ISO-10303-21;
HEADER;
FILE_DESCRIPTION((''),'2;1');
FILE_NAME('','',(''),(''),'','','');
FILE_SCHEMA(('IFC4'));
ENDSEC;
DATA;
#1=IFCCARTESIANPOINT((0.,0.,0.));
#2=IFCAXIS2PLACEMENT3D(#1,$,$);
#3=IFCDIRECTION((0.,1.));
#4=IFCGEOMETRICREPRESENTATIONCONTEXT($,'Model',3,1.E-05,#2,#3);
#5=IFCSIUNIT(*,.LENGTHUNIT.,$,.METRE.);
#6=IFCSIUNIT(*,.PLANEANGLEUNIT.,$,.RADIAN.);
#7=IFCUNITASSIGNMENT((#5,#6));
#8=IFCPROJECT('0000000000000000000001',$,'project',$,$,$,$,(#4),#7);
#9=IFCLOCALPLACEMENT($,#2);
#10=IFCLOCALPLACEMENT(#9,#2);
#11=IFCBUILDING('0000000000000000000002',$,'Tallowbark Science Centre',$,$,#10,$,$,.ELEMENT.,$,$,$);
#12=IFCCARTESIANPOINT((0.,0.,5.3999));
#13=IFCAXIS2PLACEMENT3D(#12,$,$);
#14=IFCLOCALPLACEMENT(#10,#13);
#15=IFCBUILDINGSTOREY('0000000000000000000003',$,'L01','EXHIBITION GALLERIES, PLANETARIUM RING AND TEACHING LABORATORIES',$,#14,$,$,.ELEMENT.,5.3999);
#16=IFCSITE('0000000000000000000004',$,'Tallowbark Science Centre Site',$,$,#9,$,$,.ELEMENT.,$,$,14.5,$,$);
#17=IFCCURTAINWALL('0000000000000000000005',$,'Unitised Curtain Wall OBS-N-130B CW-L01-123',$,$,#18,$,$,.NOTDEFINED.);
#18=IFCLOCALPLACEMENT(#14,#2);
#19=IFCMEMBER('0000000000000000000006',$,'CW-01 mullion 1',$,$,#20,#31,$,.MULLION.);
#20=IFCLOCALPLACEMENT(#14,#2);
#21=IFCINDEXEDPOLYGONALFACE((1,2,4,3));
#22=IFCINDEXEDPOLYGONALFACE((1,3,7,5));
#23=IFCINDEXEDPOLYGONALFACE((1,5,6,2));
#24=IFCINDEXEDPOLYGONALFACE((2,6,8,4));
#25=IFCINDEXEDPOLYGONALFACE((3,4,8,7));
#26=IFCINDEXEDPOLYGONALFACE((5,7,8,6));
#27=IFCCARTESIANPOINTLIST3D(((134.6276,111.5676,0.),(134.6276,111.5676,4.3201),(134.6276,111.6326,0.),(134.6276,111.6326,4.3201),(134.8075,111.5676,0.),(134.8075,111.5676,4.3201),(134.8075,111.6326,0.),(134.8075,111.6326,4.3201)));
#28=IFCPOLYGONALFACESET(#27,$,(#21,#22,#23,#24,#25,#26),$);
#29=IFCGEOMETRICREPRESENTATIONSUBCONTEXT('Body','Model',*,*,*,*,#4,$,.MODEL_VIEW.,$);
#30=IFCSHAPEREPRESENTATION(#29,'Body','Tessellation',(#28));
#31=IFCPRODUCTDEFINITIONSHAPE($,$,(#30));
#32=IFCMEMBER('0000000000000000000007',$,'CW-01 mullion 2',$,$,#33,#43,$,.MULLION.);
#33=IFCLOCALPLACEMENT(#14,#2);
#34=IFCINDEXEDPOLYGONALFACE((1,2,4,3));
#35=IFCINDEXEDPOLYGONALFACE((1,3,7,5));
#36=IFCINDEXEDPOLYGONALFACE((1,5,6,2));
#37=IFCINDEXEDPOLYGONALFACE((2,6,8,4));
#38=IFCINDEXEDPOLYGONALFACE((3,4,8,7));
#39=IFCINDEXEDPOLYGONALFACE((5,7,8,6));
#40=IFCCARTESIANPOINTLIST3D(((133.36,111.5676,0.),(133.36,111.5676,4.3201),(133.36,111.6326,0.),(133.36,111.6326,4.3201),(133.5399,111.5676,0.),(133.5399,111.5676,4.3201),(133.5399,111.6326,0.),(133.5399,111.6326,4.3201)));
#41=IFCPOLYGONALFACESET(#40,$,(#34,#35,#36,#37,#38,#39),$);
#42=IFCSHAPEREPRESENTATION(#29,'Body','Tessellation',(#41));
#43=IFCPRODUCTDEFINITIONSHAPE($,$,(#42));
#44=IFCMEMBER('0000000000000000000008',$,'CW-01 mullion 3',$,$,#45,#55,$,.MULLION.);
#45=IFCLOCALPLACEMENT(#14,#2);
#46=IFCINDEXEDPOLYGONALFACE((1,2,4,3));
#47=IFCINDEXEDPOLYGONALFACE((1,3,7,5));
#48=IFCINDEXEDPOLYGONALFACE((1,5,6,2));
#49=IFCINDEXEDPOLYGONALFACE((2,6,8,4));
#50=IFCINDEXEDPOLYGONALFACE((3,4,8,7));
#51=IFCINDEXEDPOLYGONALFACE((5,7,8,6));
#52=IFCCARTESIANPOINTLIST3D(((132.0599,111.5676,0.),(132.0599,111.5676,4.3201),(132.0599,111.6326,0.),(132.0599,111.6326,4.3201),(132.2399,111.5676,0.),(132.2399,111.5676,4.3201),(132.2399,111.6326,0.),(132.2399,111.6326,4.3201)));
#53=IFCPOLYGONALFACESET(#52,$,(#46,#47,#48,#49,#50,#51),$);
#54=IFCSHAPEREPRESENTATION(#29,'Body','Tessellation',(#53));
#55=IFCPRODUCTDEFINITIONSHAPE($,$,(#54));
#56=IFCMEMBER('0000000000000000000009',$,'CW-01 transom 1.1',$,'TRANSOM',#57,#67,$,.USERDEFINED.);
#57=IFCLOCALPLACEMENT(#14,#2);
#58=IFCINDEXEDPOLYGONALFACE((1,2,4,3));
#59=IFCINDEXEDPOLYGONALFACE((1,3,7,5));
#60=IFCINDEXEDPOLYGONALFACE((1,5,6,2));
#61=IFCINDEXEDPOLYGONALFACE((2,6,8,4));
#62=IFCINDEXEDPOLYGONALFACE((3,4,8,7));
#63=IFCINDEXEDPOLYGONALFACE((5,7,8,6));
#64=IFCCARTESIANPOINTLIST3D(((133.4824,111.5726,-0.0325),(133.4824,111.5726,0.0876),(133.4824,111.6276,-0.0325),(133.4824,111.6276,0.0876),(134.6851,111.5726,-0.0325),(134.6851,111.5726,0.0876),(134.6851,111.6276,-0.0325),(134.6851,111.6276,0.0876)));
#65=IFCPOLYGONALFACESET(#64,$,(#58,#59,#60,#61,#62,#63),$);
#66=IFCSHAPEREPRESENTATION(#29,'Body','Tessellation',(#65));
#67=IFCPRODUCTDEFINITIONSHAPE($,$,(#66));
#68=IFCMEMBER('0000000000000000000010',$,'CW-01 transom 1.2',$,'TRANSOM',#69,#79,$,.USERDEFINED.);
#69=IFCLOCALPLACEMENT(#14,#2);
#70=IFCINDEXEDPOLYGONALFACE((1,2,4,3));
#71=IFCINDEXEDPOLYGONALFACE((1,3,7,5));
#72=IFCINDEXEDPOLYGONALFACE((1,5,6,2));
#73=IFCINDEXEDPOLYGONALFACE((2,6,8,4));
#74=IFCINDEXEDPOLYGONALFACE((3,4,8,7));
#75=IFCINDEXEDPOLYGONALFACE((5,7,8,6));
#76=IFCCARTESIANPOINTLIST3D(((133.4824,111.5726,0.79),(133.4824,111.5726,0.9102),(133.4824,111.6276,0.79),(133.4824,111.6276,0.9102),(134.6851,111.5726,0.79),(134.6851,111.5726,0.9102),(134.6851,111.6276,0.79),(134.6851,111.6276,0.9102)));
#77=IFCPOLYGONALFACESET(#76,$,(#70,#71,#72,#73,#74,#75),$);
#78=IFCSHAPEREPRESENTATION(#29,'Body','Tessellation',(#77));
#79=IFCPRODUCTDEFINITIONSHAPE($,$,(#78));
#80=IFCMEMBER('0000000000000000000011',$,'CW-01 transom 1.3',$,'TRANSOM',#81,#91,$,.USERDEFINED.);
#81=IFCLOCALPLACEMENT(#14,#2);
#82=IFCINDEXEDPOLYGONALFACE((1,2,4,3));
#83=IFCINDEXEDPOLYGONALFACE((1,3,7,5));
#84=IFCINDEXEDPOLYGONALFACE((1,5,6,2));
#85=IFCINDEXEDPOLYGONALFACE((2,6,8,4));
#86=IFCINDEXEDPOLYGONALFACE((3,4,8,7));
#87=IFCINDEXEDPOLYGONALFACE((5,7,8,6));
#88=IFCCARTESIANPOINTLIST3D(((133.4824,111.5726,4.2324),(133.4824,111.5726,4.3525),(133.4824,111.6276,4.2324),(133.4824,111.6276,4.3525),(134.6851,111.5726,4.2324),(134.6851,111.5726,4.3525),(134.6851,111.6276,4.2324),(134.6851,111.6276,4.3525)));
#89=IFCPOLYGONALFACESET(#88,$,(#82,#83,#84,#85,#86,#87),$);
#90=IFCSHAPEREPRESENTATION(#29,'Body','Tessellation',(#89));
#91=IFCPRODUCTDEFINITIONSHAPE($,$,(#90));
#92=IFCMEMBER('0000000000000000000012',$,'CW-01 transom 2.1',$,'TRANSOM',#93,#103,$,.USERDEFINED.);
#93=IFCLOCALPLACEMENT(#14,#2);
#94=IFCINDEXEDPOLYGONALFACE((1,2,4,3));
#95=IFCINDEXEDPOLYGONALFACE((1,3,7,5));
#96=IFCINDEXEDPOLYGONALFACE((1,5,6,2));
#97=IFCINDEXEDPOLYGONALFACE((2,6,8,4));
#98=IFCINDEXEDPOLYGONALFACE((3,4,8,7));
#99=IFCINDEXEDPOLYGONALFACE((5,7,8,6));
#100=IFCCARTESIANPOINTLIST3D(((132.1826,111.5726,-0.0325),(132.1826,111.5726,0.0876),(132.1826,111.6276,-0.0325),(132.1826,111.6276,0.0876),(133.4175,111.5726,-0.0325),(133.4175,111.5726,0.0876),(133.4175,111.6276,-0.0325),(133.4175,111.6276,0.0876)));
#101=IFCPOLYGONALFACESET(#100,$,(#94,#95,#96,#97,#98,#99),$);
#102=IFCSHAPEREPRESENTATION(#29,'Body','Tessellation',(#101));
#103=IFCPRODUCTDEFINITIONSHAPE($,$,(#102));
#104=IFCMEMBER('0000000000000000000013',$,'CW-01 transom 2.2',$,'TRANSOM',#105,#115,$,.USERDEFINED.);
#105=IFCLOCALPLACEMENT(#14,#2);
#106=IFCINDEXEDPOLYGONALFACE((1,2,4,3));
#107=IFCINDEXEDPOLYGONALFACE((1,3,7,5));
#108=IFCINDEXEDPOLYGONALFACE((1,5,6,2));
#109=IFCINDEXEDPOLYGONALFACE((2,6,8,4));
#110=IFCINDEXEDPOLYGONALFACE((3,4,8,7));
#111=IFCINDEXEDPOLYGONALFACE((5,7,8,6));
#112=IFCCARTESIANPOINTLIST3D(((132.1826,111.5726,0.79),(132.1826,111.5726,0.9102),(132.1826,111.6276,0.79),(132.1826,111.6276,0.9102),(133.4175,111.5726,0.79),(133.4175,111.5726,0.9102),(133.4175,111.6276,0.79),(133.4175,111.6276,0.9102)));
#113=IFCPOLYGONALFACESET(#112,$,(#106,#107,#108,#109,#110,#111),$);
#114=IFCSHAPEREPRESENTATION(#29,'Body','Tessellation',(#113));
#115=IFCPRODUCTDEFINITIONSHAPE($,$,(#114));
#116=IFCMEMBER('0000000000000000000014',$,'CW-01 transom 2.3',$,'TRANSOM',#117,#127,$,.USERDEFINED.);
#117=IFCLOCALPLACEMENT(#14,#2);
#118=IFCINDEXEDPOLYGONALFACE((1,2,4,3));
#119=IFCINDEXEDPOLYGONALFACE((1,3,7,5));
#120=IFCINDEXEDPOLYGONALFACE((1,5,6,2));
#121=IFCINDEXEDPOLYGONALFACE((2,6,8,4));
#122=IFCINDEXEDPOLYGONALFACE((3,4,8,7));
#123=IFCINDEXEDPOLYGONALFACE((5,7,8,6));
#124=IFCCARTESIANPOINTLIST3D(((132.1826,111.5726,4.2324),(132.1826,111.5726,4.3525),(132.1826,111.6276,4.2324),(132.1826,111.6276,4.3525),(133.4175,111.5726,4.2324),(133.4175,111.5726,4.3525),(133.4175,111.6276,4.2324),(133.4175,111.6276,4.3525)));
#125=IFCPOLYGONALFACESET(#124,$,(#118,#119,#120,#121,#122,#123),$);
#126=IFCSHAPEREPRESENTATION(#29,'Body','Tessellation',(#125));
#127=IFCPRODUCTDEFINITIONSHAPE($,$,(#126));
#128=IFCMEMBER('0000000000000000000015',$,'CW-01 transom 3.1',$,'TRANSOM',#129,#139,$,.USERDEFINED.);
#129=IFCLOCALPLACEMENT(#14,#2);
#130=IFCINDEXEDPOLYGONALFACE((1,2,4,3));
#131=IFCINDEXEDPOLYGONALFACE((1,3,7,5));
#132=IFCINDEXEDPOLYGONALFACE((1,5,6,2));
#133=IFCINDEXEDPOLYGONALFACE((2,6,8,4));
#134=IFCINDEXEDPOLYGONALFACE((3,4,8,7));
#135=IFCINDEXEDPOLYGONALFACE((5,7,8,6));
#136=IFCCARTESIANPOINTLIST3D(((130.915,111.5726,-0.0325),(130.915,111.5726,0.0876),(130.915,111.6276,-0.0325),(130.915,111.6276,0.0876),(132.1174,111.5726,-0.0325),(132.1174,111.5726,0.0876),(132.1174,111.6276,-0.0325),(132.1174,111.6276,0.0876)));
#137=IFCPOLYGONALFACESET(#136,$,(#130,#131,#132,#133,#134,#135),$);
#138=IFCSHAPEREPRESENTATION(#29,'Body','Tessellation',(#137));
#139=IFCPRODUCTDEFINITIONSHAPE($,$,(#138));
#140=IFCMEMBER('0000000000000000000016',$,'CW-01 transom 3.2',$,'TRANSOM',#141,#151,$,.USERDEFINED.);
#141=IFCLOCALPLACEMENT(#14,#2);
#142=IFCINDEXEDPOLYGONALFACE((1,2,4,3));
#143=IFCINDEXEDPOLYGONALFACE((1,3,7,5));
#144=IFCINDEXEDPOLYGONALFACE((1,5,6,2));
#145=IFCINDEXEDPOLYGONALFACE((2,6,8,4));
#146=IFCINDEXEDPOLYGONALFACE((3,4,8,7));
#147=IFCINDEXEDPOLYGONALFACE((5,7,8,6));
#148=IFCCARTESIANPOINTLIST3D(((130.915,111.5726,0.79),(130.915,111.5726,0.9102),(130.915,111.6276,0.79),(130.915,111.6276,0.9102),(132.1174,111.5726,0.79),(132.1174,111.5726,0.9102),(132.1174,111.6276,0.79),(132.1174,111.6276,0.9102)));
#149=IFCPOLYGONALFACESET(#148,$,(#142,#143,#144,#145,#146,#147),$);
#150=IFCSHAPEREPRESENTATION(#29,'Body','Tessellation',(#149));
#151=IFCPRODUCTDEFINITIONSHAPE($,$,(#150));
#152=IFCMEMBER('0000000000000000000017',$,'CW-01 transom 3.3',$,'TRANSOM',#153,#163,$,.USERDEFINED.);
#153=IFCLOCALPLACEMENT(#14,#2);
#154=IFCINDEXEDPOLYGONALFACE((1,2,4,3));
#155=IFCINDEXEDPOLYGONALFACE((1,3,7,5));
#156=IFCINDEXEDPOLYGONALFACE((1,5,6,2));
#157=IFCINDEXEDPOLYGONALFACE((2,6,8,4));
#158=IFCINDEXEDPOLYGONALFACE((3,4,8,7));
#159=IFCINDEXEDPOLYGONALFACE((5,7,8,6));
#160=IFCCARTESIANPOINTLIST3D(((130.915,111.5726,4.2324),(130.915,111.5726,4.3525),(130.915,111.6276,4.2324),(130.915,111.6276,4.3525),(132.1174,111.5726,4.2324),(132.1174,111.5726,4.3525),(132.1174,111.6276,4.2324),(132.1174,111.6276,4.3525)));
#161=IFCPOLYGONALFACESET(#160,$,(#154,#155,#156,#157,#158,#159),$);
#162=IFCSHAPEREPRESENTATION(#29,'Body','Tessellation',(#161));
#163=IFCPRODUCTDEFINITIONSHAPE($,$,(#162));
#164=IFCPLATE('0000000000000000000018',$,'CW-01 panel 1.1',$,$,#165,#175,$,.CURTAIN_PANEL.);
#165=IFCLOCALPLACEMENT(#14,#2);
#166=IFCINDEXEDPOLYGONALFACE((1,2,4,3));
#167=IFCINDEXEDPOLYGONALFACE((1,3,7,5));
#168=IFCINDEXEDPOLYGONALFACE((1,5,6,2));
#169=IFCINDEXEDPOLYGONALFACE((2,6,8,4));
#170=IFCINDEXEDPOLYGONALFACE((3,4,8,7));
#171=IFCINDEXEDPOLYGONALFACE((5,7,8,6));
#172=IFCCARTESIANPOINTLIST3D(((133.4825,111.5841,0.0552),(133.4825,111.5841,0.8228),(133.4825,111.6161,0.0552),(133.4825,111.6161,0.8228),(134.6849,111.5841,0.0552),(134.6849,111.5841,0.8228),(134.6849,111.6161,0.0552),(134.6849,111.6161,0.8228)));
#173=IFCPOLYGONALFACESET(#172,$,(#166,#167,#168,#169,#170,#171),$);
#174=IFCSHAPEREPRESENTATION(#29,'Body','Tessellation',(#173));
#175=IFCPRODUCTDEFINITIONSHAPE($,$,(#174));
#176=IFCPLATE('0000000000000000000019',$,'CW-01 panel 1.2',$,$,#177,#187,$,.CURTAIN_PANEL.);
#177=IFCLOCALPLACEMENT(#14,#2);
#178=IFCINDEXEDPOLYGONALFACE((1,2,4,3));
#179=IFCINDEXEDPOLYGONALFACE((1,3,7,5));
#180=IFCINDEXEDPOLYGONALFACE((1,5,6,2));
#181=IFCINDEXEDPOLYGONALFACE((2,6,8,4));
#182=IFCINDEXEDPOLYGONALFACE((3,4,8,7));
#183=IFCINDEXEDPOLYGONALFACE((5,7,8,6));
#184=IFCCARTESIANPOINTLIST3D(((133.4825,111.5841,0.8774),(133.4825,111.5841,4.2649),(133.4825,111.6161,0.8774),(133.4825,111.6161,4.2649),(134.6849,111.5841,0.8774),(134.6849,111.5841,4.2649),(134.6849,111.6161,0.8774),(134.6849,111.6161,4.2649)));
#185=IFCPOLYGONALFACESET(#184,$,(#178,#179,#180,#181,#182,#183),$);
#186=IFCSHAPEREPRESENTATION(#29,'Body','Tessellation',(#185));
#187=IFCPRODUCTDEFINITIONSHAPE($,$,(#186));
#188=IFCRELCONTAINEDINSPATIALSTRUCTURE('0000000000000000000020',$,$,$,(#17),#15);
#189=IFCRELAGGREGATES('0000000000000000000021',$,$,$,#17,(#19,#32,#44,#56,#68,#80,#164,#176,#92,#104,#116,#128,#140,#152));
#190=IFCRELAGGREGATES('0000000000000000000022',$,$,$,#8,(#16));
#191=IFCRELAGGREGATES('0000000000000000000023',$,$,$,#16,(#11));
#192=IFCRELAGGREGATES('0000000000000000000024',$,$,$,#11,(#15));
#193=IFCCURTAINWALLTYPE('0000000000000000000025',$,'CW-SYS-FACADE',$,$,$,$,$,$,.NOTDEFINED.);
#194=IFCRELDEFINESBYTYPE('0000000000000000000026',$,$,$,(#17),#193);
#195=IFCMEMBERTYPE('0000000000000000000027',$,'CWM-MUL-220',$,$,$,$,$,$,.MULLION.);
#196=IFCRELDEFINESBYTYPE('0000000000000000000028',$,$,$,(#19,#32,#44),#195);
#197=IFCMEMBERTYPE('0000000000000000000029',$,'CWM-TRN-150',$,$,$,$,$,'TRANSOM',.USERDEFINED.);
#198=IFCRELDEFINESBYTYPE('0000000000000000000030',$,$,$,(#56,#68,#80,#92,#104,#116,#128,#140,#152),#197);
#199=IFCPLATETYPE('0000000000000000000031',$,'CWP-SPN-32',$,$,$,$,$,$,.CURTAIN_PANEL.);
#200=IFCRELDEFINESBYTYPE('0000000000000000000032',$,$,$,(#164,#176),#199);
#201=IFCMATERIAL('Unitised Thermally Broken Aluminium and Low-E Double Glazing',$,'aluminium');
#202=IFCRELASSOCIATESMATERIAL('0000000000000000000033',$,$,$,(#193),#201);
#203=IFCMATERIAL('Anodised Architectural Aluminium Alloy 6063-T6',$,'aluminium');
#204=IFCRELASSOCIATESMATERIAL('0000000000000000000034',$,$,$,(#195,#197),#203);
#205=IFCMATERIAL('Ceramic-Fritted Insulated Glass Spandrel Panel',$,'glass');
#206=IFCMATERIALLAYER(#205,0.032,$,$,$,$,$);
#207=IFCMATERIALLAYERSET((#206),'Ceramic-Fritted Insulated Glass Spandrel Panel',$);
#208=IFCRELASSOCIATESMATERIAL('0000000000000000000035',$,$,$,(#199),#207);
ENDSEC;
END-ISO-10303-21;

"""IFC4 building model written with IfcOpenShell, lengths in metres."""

from ifc_helpers import new_model, si_unit, direction, frame, origin, origin_2d, place, context, subcontext, project, spatial, rectangle, extrude, material, layer, layer_set, material_profile, profile_set, type_object, element, aggregate, save


model = new_model("IFC4")

# Units and contexts
model_context = context("Model", 3, precision=1e-05, world=origin(), true_north=direction((0.0, 1.0)))
body_context = subcontext(model_context, "Body", "Model", "MODEL_VIEW")
ifc_project = project(units=[si_unit("LENGTHUNIT", "METRE"), si_unit("PLANEANGLEUNIT", "RADIAN")], contexts=[model_context])

# Site, building, storey
site_placement = place(None, origin())
site = spatial("IfcSite", under=ifc_project, at=site_placement, Name="Tallowbark Science Centre Site", CompositionType="ELEMENT", RefElevation=14.5)
building_placement = place(site_placement, origin())
building = spatial("IfcBuilding", under=site, at=building_placement, Name="Tallowbark Science Centre", CompositionType="ELEMENT")
storey_placement = place(building_placement, frame((0.0, 0.0, 5.3999)))
storey = spatial("IfcBuildingStorey", under=building, at=storey_placement, Name="L01", Description="EXHIBITION GALLERIES, PLANETARIUM RING AND TEACHING LABORATORIES", CompositionType="ELEMENT", Elevation=5.3999)

# Curtain wall, members, plates
ifc_material_1 = material(Name="Unitised Thermally Broken Aluminium and Low-E Double Glazing", Category="aluminium")
curtain_wall_type = type_object("IfcCurtainWallType", Name="CW-SYS-FACADE", PredefinedType="NOTDEFINED", material=ifc_material_1)
curtain_wall_placement = place(storey_placement, origin())
curtain_wall = element("IfcCurtainWall", 1, at=curtain_wall_placement, inside=storey, type_object=curtain_wall_type, Name="Unitised Curtain Wall OBS-N-130B CW-L01-123", PredefinedType="NOTDEFINED")
ifc_material_2 = material(Name="Anodised Architectural Aluminium Alloy 6063-T6", Category="aluminium")
ifc_material_profile_1 = material_profile(ifc_material_2, rectangle(XDim=0.0649, YDim=0.1799, at=origin_2d()), Name="ALU65x180")
ifc_profile_set_1 = profile_set([ifc_material_profile_1], Name="Anodised Architectural Aluminium Alloy 6063-T6")
member_type_1 = type_object("IfcMemberType", Name="CWM-MUL-220", PredefinedType="MULLION", material=ifc_profile_set_1)
member_1_placement = place(storey_placement, frame((134.7175, 111.6001, 0.0), z_axis=(0.0, 0.0, 1.0), x_axis=(0.0, -1.0, 0.0)))
member_1 = element("IfcMember", 2, at=member_1_placement, type_object=member_type_1, Name="CW-01 mullion 1", PredefinedType="MULLION", context=body_context, shape_type="SweptSolid", body=[
    extrude(rectangle(XDim=0.0649, YDim=0.1799, at=origin_2d()), origin(), (0.0, 0.0, 1.0), 4.3201),
])
member_2_placement = place(storey_placement, frame((133.45, 111.6001, 0.0), z_axis=(0.0, 0.0, 1.0), x_axis=(0.0, -1.0, 0.0)))
member_2 = element("IfcMember", 3, at=member_2_placement, type_object=member_type_1, Name="CW-01 mullion 2", PredefinedType="MULLION", context=body_context, shape_type="SweptSolid", body=[
    extrude(rectangle(XDim=0.0649, YDim=0.1799, at=origin_2d()), origin(), (0.0, 0.0, 1.0), 4.3201),
])
member_3_placement = place(storey_placement, frame((132.1499, 111.6001, 0.0), z_axis=(0.0, 0.0, 1.0), x_axis=(0.0, -1.0, 0.0)))
member_3 = element("IfcMember", 4, at=member_3_placement, type_object=member_type_1, Name="CW-01 mullion 3", PredefinedType="MULLION", context=body_context, shape_type="SweptSolid", body=[
    extrude(rectangle(XDim=0.0649, YDim=0.1799, at=origin_2d()), origin(), (0.0, 0.0, 1.0), 4.3201),
])
ifc_material_profile_2 = material_profile(ifc_material_2, rectangle(XDim=0.0549, YDim=0.1201, at=origin_2d()), Name="ALU55x120")
ifc_profile_set_2 = profile_set([ifc_material_profile_2], Name="Anodised Architectural Aluminium Alloy 6063-T6")
member_type_2 = type_object("IfcMemberType", Name="CWM-TRN-150", ElementType="TRANSOM", PredefinedType="USERDEFINED", material=ifc_profile_set_2)
member_4_placement = place(storey_placement, frame((134.6851, 111.6001, 0.0276), z_axis=(-1.0, 0.0, 0.0), x_axis=(0.0, -1.0, 0.0)))
member_4 = element("IfcMember", 5, at=member_4_placement, type_object=member_type_2, Name="CW-01 transom 1.1", ObjectType="TRANSOM", PredefinedType="USERDEFINED", context=body_context, shape_type="SweptSolid", body=[
    extrude(rectangle(XDim=0.0549, YDim=0.1201, at=origin_2d()), origin(), (0.0, 0.0, 1.0), 1.2026),
])
member_5_placement = place(storey_placement, frame((134.6851, 111.6001, 0.8501), z_axis=(-1.0, 0.0, 0.0), x_axis=(0.0, -1.0, 0.0)))
member_5 = element("IfcMember", 6, at=member_5_placement, type_object=member_type_2, Name="CW-01 transom 1.2", ObjectType="TRANSOM", PredefinedType="USERDEFINED", context=body_context, shape_type="SweptSolid", body=[
    extrude(rectangle(XDim=0.0549, YDim=0.1201, at=origin_2d()), origin(), (0.0, 0.0, 1.0), 1.2026),
])
member_6_placement = place(storey_placement, frame((134.6851, 111.6001, 4.2925), z_axis=(-1.0, 0.0, 0.0), x_axis=(0.0, -1.0, 0.0)))
member_6 = element("IfcMember", 7, at=member_6_placement, type_object=member_type_2, Name="CW-01 transom 1.3", ObjectType="TRANSOM", PredefinedType="USERDEFINED", context=body_context, shape_type="SweptSolid", body=[
    extrude(rectangle(XDim=0.0549, YDim=0.1201, at=origin_2d()), origin(), (0.0, 0.0, 1.0), 1.2026),
])
member_7_placement = place(storey_placement, frame((133.4175, 111.6001, 0.0276), z_axis=(-1.0, 0.0, 0.0), x_axis=(0.0, -1.0, 0.0)))
member_7 = element("IfcMember", 8, at=member_7_placement, type_object=member_type_2, Name="CW-01 transom 2.1", ObjectType="TRANSOM", PredefinedType="USERDEFINED", context=body_context, shape_type="SweptSolid", body=[
    extrude(rectangle(XDim=0.0549, YDim=0.1201, at=origin_2d()), origin(), (0.0, 0.0, 1.0), 1.2349),
])
member_8_placement = place(storey_placement, frame((133.4175, 111.6001, 0.8501), z_axis=(-1.0, 0.0, 0.0), x_axis=(0.0, -1.0, 0.0)))
member_8 = element("IfcMember", 9, at=member_8_placement, type_object=member_type_2, Name="CW-01 transom 2.2", ObjectType="TRANSOM", PredefinedType="USERDEFINED", context=body_context, shape_type="SweptSolid", body=[
    extrude(rectangle(XDim=0.0549, YDim=0.1201, at=origin_2d()), origin(), (0.0, 0.0, 1.0), 1.2349),
])
member_9_placement = place(storey_placement, frame((133.4175, 111.6001, 4.2925), z_axis=(-1.0, 0.0, 0.0), x_axis=(0.0, -1.0, 0.0)))
member_9 = element("IfcMember", 10, at=member_9_placement, type_object=member_type_2, Name="CW-01 transom 2.3", ObjectType="TRANSOM", PredefinedType="USERDEFINED", context=body_context, shape_type="SweptSolid", body=[
    extrude(rectangle(XDim=0.0549, YDim=0.1201, at=origin_2d()), origin(), (0.0, 0.0, 1.0), 1.2349),
])
member_10_placement = place(storey_placement, frame((132.1174, 111.6001, 0.0276), z_axis=(-1.0, 0.0, 0.0), x_axis=(0.0, -1.0, 0.0)))
member_10 = element("IfcMember", 11, at=member_10_placement, type_object=member_type_2, Name="CW-01 transom 3.1", ObjectType="TRANSOM", PredefinedType="USERDEFINED", context=body_context, shape_type="SweptSolid", body=[
    extrude(rectangle(XDim=0.0549, YDim=0.1201, at=origin_2d()), origin(), (0.0, 0.0, 1.0), 1.2024),
])
member_11_placement = place(storey_placement, frame((132.1174, 111.6001, 0.8501), z_axis=(-1.0, 0.0, 0.0), x_axis=(0.0, -1.0, 0.0)))
member_11 = element("IfcMember", 12, at=member_11_placement, type_object=member_type_2, Name="CW-01 transom 3.2", ObjectType="TRANSOM", PredefinedType="USERDEFINED", context=body_context, shape_type="SweptSolid", body=[
    extrude(rectangle(XDim=0.0549, YDim=0.1201, at=origin_2d()), origin(), (0.0, 0.0, 1.0), 1.2024),
])
member_12_placement = place(storey_placement, frame((132.1174, 111.6001, 4.2925), z_axis=(-1.0, 0.0, 0.0), x_axis=(0.0, -1.0, 0.0)))
member_12 = element("IfcMember", 13, at=member_12_placement, type_object=member_type_2, Name="CW-01 transom 3.3", ObjectType="TRANSOM", PredefinedType="USERDEFINED", context=body_context, shape_type="SweptSolid", body=[
    extrude(rectangle(XDim=0.0549, YDim=0.1201, at=origin_2d()), origin(), (0.0, 0.0, 1.0), 1.2024),
])
ifc_material_3 = material(Name="Ceramic-Fritted Insulated Glass Spandrel Panel", Category="glass")
ifc_layer_1 = layer(ifc_material_3, 0.032)
ifc_layer_set_1 = layer_set([ifc_layer_1], Name="Ceramic-Fritted Insulated Glass Spandrel Panel")
plate_type = type_object("IfcPlateType", Name="CWP-SPN-32", PredefinedType="CURTAIN_PANEL", material=ifc_layer_set_1)
plate_1_placement = place(storey_placement, frame((134.0837, 111.6001, 0.0552), z_axis=(0.0, 0.0, 1.0), x_axis=(-1.0, 0.0, 0.0)))
plate_1 = element("IfcPlate", 14, at=plate_1_placement, type_object=plate_type, Name="CW-01 panel 1.1", PredefinedType="CURTAIN_PANEL", context=body_context, shape_type="SweptSolid", body=[
    extrude(rectangle(XDim=1.2024, YDim=0.032, at=origin_2d()), origin(), (0.0, 0.0, 1.0), 0.7676),
])
plate_2_placement = place(storey_placement, frame((134.0837, 111.6001, 0.8774), z_axis=(0.0, 0.0, 1.0), x_axis=(-1.0, 0.0, 0.0)))
plate_2 = element("IfcPlate", 15, at=plate_2_placement, type_object=plate_type, Name="CW-01 panel 1.2", PredefinedType="CURTAIN_PANEL", context=body_context, shape_type="SweptSolid", body=[
    extrude(rectangle(XDim=1.2024, YDim=0.032, at=origin_2d()), origin(), (0.0, 0.0, 1.0), 3.3875),
])
aggregate(curtain_wall, [member_1, member_2, member_3, member_4, member_5, member_6, plate_1, plate_2, member_7, member_8, member_9, member_10, member_11, member_12])

save(model, "model.ifc")
